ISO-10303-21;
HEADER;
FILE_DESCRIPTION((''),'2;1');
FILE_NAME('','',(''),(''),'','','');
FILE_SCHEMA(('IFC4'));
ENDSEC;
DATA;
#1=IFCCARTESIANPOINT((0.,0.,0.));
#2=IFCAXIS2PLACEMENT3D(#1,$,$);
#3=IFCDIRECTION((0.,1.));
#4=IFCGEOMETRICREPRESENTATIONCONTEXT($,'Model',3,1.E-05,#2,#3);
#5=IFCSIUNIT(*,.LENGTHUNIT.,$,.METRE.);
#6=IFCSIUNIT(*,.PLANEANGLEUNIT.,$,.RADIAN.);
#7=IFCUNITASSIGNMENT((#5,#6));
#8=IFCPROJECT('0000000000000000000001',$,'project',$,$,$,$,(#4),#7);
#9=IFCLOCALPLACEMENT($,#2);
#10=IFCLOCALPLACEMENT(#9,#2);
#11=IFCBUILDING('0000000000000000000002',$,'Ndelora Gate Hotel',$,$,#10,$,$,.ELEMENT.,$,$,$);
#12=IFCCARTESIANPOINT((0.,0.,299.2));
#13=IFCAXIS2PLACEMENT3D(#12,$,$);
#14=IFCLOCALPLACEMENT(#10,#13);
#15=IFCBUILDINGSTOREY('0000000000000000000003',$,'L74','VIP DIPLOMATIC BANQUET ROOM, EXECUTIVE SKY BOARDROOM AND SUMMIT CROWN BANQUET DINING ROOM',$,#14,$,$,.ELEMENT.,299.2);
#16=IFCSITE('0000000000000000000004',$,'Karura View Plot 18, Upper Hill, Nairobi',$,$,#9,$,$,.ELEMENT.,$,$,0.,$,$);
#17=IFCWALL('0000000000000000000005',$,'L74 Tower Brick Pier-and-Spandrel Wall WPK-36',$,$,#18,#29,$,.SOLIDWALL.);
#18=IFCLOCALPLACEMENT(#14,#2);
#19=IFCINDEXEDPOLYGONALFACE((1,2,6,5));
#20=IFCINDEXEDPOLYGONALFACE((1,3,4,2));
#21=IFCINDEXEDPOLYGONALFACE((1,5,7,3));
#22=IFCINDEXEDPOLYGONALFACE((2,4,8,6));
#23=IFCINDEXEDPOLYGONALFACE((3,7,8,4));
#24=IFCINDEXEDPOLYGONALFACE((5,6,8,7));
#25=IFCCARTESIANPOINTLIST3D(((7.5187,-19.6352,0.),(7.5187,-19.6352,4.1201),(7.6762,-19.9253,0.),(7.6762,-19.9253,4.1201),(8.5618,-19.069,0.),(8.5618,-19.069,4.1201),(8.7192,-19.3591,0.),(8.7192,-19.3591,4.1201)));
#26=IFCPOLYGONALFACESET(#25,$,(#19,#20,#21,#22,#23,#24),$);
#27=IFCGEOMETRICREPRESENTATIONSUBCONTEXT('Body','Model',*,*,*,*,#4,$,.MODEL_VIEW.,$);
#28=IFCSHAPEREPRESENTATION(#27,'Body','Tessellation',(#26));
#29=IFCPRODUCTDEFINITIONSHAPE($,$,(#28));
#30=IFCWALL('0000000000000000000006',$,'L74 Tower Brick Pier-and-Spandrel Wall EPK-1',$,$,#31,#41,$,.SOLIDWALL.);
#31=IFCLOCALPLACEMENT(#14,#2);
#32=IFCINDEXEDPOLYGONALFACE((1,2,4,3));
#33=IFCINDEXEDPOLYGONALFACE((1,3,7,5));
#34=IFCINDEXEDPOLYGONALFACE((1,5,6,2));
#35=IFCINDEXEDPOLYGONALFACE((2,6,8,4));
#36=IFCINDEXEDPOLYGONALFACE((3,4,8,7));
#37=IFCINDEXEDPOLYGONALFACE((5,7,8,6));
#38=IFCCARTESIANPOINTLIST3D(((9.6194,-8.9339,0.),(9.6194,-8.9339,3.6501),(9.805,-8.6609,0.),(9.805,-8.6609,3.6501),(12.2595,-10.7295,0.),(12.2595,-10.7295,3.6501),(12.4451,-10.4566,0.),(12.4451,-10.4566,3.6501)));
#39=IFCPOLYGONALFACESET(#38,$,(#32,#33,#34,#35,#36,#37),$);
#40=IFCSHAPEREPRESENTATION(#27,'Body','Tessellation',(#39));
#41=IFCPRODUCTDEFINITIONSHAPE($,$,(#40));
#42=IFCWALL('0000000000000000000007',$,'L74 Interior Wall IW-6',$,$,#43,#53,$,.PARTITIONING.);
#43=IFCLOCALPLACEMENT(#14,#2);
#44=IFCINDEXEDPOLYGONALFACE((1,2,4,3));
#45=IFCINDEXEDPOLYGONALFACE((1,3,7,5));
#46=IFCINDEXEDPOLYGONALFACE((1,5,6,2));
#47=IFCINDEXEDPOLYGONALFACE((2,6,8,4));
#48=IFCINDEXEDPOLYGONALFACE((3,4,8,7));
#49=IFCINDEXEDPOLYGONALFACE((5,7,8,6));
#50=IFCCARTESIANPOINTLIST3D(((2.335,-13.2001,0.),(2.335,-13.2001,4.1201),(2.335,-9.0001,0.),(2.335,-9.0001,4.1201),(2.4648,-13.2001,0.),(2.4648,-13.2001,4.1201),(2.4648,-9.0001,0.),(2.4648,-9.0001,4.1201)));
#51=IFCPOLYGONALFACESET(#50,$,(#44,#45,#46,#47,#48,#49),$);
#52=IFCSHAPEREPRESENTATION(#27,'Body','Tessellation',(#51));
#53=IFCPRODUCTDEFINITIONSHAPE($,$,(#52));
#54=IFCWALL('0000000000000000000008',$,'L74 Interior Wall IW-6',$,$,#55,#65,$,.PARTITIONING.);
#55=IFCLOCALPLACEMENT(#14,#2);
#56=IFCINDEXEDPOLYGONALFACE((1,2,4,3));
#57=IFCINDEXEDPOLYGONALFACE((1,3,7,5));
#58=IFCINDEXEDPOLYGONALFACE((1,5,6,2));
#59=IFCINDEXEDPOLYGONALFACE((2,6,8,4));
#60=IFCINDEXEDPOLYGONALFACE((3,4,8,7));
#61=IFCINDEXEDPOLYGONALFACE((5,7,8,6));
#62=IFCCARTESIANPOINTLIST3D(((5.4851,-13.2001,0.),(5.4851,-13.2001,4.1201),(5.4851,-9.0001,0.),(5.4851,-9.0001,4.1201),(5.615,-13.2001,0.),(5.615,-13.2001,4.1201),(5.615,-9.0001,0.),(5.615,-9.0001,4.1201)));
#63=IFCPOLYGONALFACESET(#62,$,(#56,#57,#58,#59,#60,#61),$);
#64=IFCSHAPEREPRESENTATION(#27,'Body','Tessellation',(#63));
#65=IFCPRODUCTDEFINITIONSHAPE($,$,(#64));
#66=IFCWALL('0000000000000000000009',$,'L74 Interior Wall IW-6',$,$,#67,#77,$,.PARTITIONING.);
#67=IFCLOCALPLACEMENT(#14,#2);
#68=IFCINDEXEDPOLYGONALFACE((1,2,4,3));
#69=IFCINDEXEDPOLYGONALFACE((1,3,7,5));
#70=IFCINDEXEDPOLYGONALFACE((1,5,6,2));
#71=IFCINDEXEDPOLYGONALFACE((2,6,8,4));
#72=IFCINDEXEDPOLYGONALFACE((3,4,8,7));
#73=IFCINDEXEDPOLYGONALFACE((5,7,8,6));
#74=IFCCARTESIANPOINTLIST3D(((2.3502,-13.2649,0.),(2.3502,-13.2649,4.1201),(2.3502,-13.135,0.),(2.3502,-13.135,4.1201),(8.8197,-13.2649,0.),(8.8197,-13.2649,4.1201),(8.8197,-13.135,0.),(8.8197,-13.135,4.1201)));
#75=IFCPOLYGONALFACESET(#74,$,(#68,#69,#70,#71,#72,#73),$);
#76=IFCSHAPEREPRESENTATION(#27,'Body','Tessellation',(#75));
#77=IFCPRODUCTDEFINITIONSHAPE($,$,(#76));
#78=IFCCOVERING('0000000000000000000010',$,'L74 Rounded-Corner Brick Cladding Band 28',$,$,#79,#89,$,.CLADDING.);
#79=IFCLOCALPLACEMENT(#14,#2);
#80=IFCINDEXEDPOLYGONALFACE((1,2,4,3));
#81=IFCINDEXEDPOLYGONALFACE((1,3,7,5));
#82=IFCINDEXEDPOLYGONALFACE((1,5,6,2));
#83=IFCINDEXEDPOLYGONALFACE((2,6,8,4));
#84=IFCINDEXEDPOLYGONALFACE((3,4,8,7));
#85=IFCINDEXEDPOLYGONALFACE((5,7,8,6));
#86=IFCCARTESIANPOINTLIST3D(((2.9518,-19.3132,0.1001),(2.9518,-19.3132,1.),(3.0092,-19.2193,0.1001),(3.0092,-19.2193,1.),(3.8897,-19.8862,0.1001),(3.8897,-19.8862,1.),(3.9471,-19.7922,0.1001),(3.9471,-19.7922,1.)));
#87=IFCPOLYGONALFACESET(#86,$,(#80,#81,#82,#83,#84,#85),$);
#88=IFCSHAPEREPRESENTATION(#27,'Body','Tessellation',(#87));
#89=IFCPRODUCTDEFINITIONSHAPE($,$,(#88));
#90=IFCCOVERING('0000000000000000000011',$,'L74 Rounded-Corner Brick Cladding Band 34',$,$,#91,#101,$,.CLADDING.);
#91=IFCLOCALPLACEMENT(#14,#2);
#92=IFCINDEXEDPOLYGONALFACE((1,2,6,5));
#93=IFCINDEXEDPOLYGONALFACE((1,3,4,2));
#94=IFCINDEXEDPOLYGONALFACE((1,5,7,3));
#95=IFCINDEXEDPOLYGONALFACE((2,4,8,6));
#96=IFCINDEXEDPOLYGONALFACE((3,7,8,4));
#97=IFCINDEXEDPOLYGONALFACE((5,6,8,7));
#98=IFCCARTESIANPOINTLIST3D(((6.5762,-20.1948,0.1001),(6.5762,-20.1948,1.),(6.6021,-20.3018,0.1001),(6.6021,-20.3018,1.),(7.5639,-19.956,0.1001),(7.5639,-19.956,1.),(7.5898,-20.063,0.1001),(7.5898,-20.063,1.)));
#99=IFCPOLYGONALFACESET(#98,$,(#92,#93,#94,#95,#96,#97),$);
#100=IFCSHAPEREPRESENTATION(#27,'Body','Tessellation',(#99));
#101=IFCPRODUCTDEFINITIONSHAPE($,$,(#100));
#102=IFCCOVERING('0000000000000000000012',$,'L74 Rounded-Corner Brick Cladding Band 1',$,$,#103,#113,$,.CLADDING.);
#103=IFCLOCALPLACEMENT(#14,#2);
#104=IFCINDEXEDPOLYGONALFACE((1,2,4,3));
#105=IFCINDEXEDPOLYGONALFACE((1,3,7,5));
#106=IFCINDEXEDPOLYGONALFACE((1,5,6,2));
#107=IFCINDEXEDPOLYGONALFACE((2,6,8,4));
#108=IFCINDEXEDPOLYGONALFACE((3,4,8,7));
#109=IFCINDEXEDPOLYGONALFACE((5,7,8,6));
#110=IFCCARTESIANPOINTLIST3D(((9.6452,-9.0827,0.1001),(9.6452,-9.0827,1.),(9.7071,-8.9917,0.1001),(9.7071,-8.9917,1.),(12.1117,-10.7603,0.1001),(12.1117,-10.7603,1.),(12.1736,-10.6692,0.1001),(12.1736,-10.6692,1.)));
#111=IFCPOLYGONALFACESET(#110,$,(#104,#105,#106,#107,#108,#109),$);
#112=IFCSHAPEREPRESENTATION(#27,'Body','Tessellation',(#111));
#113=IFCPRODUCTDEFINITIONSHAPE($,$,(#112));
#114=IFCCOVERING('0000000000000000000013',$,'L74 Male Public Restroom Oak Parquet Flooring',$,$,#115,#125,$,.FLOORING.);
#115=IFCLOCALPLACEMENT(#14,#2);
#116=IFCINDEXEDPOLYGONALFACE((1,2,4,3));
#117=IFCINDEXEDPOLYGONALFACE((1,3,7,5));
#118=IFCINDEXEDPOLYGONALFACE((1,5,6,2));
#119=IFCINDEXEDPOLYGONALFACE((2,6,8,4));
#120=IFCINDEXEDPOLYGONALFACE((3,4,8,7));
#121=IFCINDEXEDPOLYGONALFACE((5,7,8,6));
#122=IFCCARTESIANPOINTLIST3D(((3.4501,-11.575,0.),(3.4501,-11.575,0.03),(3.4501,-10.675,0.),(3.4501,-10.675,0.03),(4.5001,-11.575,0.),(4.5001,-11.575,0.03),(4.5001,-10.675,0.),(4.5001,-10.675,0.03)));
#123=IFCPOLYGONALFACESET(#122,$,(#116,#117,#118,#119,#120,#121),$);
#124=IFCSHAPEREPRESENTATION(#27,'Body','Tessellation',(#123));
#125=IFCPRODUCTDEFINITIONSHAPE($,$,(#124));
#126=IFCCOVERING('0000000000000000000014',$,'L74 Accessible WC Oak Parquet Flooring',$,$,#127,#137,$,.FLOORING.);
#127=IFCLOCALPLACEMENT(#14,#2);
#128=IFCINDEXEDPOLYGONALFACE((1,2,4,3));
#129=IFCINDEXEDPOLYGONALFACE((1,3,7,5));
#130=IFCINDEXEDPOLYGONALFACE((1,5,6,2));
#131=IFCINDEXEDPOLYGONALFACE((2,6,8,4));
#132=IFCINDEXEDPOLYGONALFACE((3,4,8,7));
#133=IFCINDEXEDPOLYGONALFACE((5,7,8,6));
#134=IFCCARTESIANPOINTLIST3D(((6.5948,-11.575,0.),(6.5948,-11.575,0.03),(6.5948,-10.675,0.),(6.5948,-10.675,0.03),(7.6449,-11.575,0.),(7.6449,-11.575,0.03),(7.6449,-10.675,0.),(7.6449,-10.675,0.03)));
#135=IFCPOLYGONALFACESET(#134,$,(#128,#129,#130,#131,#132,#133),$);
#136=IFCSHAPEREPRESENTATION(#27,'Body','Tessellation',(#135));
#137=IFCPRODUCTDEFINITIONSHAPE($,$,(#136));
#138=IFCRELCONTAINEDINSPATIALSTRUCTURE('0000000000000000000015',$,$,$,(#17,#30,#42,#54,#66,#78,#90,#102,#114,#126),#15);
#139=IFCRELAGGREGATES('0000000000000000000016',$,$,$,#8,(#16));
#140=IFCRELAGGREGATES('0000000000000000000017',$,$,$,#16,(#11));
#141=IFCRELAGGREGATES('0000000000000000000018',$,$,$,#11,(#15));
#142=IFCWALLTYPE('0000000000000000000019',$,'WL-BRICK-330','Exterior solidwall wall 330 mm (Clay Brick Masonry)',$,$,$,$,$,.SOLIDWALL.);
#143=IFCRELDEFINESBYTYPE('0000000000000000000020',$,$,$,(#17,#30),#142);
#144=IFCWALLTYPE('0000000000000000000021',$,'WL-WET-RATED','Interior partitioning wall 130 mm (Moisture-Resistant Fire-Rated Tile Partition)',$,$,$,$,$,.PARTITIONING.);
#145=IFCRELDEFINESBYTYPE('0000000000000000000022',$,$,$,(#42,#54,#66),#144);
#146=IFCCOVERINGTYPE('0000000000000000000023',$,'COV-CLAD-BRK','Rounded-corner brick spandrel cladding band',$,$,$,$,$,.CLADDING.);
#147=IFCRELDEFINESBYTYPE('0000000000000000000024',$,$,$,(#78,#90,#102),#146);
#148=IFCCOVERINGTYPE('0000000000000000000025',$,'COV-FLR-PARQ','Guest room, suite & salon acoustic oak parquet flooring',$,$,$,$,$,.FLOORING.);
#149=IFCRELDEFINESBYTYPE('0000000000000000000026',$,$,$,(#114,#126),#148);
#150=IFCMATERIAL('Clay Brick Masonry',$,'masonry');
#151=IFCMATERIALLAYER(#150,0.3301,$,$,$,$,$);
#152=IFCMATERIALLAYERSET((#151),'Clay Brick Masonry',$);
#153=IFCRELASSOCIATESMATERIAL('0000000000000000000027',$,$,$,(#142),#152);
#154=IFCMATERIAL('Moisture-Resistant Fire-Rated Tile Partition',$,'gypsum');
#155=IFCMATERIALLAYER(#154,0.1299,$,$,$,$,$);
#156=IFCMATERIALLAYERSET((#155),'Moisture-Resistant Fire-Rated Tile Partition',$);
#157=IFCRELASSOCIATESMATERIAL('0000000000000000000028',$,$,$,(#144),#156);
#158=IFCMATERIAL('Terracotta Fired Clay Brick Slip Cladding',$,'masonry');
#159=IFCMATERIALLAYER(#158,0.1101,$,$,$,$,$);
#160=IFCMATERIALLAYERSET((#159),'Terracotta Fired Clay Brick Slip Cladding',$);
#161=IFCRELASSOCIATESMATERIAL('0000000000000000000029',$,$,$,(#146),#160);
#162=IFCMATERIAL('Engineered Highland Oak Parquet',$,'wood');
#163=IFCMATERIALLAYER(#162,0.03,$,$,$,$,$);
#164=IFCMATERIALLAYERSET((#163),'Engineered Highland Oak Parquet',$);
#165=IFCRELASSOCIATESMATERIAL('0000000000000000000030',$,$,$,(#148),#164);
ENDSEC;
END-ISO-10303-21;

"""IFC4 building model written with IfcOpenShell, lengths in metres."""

from ifc_helpers import new_model, si_unit, direction, frame, frame_2d, origin, origin_2d, place, context, subcontext, project, spatial, rectangle, extrude, material, layer, layer_set, type_object, element, save


model = new_model("IFC4")

# Units and contexts
model_context = context("Model", 3, precision=1e-05, world=origin(), true_north=direction((0.0, 1.0)))
body_context = subcontext(model_context, "Body", "Model", "MODEL_VIEW")
ifc_project = project(units=[si_unit("LENGTHUNIT", "METRE"), si_unit("PLANEANGLEUNIT", "RADIAN")], contexts=[model_context])

# Site, building, storey
site_placement = place(None, origin())
site = spatial("IfcSite", under=ifc_project, at=site_placement, Name="Karura View Plot 18, Upper Hill, Nairobi", CompositionType="ELEMENT", RefElevation=0.0)
building_placement = place(site_placement, origin())
building = spatial("IfcBuilding", under=site, at=building_placement, Name="Ndelora Gate Hotel", CompositionType="ELEMENT")
storey_placement = place(building_placement, frame((0.0, 0.0, 299.2)))
storey = spatial("IfcBuildingStorey", under=building, at=storey_placement, Name="L74", Description="VIP DIPLOMATIC BANQUET ROOM, EXECUTIVE SKY BOARDROOM AND SUMMIT CROWN BANQUET DINING ROOM", CompositionType="ELEMENT", Elevation=299.2)

# Shared definitions
ifc_material_1 = material(Name="Clay Brick Masonry", Category="masonry")
ifc_layer_1 = layer(ifc_material_1, 0.3301)
ifc_layer_set_1 = layer_set([ifc_layer_1], Name="Clay Brick Masonry")
wall_type_1 = type_object("IfcWallType", Name="WL-BRICK-330", Description="Exterior solidwall wall 330 mm (Clay Brick Masonry)", PredefinedType="SOLIDWALL", material=ifc_layer_set_1)

# Walls
wall_1_placement = place(storey_placement, frame((8.6404, -19.2141, 0.0), z_axis=(0.0, 0.0, 1.0), x_axis=(-0.878861, -0.477078, 0.0)))
element("IfcWall", 1, at=wall_1_placement, inside=storey, type_object=wall_type_1, Name="L74 Tower Brick Pier-and-Spandrel Wall WPK-36", PredefinedType="SOLIDWALL", context=body_context, shape_type="SweptSolid", body=[
    extrude(rectangle(XDim=1.1868, YDim=0.3301, at=frame_2d((0.5933, 0.0))), origin(), (0.0, 0.0, 1.0), 4.1201),
])
wall_2_placement = place(storey_placement, frame((12.3523, -10.593, 0.0), z_axis=(0.0, 0.0, 1.0), x_axis=(-0.826874, 0.562387, 0.0)))
element("IfcWall", 2, at=wall_2_placement, inside=storey, type_object=wall_type_1, Name="L74 Tower Brick Pier-and-Spandrel Wall EPK-1", PredefinedType="SOLIDWALL", context=body_context, shape_type="SweptSolid", body=[
    extrude(rectangle(XDim=3.1929, YDim=0.3301, at=frame_2d((1.5964, 0.0))), origin(), (0.0, 0.0, 1.0), 3.6501),
])
ifc_material_2 = material(Name="Moisture-Resistant Fire-Rated Tile Partition", Category="gypsum")
ifc_layer_2 = layer(ifc_material_2, 0.1299)
ifc_layer_set_2 = layer_set([ifc_layer_2], Name="Moisture-Resistant Fire-Rated Tile Partition")
wall_type_2 = type_object("IfcWallType", Name="WL-WET-RATED", Description="Interior partitioning wall 130 mm (Moisture-Resistant Fire-Rated Tile Partition)", PredefinedType="PARTITIONING", material=ifc_layer_set_2)
for number, where, z_axis, x_axis, name in (
    (3, (2.3999, -9.0, 0.0), (0.0, 0.0, 1.0), (0.0, -1.0, 0.0), "L74 Interior Wall IW-6"),
    (4, (5.55, -9.0, 0.0), (0.0, 0.0, 1.0), (0.0, -1.0, 0.0), "L74 Interior Wall IW-6"),
):
    element("IfcWall", number, at=place(storey_placement, frame(where, z_axis=z_axis, x_axis=x_axis)), inside=storey, type_object=wall_type_2, Name=name, PredefinedType="PARTITIONING", context=body_context, shape_type="SweptSolid", body=[
        extrude(rectangle(XDim=4.2, YDim=0.1299, at=frame_2d((2.1001, 0.0))), origin(), (0.0, 0.0, 1.0), 4.1201),
    ])
wall_3_placement = place(storey_placement, frame((2.3501, -13.2, 0.0), z_axis=(0.0, 0.0, 1.0), x_axis=(1.0, 0.0, 0.0)))
element("IfcWall", 5, at=wall_3_placement, inside=storey, type_object=wall_type_2, Name="L74 Interior Wall IW-6", PredefinedType="PARTITIONING", context=body_context, shape_type="SweptSolid", body=[
    extrude(rectangle(XDim=6.4695, YDim=0.1299, at=frame_2d((3.2349, 0.0))), origin(), (0.0, 0.0, 1.0), 4.1201),
])

# Coverings
ifc_material_3 = material(Name="Terracotta Fired Clay Brick Slip Cladding", Category="masonry")
ifc_layer_3 = layer(ifc_material_3, 0.1101)
ifc_layer_set_3 = layer_set([ifc_layer_3], Name="Terracotta Fired Clay Brick Slip Cladding")
covering_type_1 = type_object("IfcCoveringType", Name="COV-CLAD-BRK", Description="Rounded-corner brick spandrel cladding band", PredefinedType="CLADDING", material=ifc_layer_set_3)
covering_1_placement = place(storey_placement, frame((3.4495, -19.5527, 0.1001), z_axis=(0.0, 0.0, 1.0), x_axis=(-0.853369, 0.521308, 0.0)))
element("IfcCovering", 6, at=covering_1_placement, inside=storey, type_object=covering_type_1, Name="L74 Rounded-Corner Brick Cladding Band 28", PredefinedType="CLADDING", context=body_context, shape_type="SweptSolid", body=[
    extrude(rectangle(XDim=1.0991, YDim=0.1101, at=origin_2d()), origin(), (0.0, 0.0, 1.0), 0.8999),
])
covering_2_placement = place(storey_placement, frame((7.083, -20.1289, 0.1001), z_axis=(0.0, 0.0, 1.0), x_axis=(0.972002, 0.234972, 0.0)))
element("IfcCovering", 7, at=covering_2_placement, inside=storey, type_object=covering_type_1, Name="L74 Rounded-Corner Brick Cladding Band 34", PredefinedType="CLADDING", context=body_context, shape_type="SweptSolid", body=[
    extrude(rectangle(XDim=1.0161, YDim=0.1101, at=origin_2d()), origin(), (0.0, 0.0, 1.0), 0.8999),
])
covering_3_placement = place(storey_placement, frame((10.9094, -9.876, 0.1001), z_axis=(0.0, 0.0, 1.0), x_axis=(-0.826884, 0.562372, 0.0)))
element("IfcCovering", 8, at=covering_3_placement, inside=storey, type_object=covering_type_1, Name="L74 Rounded-Corner Brick Cladding Band 1", PredefinedType="CLADDING", context=body_context, shape_type="SweptSolid", body=[
    extrude(rectangle(XDim=2.9829, YDim=0.1101, at=origin_2d()), origin(), (0.0, 0.0, 1.0), 0.8999),
])
ifc_material_4 = material(Name="Engineered Highland Oak Parquet", Category="wood")
ifc_layer_4 = layer(ifc_material_4, 0.03)
ifc_layer_set_4 = layer_set([ifc_layer_4], Name="Engineered Highland Oak Parquet")
covering_type_2 = type_object("IfcCoveringType", Name="COV-FLR-PARQ", Description="Guest room, suite & salon acoustic oak parquet flooring", PredefinedType="FLOORING", material=ifc_layer_set_4)
for number, where, z_axis, x_axis, name in (
    (9, (3.9751, -11.125, 0.0), (0.0, 0.0, 1.0), (1.0, 0.0, 0.0), "L74 Male Public Restroom Oak Parquet Flooring"),
    (10, (7.1199, -11.125, 0.0), (0.0, 0.0, 1.0), (1.0, 0.0, 0.0), "L74 Accessible WC Oak Parquet Flooring"),
):
    element("IfcCovering", number, at=place(storey_placement, frame(where, z_axis=z_axis, x_axis=x_axis)), inside=storey, type_object=covering_type_2, Name=name, PredefinedType="FLOORING", context=body_context, shape_type="SweptSolid", body=[
        extrude(rectangle(XDim=1.05, YDim=0.8999, at=origin_2d()), origin(), (0.0, 0.0, 1.0), 0.03),
    ])

save(model, "model.ifc")
